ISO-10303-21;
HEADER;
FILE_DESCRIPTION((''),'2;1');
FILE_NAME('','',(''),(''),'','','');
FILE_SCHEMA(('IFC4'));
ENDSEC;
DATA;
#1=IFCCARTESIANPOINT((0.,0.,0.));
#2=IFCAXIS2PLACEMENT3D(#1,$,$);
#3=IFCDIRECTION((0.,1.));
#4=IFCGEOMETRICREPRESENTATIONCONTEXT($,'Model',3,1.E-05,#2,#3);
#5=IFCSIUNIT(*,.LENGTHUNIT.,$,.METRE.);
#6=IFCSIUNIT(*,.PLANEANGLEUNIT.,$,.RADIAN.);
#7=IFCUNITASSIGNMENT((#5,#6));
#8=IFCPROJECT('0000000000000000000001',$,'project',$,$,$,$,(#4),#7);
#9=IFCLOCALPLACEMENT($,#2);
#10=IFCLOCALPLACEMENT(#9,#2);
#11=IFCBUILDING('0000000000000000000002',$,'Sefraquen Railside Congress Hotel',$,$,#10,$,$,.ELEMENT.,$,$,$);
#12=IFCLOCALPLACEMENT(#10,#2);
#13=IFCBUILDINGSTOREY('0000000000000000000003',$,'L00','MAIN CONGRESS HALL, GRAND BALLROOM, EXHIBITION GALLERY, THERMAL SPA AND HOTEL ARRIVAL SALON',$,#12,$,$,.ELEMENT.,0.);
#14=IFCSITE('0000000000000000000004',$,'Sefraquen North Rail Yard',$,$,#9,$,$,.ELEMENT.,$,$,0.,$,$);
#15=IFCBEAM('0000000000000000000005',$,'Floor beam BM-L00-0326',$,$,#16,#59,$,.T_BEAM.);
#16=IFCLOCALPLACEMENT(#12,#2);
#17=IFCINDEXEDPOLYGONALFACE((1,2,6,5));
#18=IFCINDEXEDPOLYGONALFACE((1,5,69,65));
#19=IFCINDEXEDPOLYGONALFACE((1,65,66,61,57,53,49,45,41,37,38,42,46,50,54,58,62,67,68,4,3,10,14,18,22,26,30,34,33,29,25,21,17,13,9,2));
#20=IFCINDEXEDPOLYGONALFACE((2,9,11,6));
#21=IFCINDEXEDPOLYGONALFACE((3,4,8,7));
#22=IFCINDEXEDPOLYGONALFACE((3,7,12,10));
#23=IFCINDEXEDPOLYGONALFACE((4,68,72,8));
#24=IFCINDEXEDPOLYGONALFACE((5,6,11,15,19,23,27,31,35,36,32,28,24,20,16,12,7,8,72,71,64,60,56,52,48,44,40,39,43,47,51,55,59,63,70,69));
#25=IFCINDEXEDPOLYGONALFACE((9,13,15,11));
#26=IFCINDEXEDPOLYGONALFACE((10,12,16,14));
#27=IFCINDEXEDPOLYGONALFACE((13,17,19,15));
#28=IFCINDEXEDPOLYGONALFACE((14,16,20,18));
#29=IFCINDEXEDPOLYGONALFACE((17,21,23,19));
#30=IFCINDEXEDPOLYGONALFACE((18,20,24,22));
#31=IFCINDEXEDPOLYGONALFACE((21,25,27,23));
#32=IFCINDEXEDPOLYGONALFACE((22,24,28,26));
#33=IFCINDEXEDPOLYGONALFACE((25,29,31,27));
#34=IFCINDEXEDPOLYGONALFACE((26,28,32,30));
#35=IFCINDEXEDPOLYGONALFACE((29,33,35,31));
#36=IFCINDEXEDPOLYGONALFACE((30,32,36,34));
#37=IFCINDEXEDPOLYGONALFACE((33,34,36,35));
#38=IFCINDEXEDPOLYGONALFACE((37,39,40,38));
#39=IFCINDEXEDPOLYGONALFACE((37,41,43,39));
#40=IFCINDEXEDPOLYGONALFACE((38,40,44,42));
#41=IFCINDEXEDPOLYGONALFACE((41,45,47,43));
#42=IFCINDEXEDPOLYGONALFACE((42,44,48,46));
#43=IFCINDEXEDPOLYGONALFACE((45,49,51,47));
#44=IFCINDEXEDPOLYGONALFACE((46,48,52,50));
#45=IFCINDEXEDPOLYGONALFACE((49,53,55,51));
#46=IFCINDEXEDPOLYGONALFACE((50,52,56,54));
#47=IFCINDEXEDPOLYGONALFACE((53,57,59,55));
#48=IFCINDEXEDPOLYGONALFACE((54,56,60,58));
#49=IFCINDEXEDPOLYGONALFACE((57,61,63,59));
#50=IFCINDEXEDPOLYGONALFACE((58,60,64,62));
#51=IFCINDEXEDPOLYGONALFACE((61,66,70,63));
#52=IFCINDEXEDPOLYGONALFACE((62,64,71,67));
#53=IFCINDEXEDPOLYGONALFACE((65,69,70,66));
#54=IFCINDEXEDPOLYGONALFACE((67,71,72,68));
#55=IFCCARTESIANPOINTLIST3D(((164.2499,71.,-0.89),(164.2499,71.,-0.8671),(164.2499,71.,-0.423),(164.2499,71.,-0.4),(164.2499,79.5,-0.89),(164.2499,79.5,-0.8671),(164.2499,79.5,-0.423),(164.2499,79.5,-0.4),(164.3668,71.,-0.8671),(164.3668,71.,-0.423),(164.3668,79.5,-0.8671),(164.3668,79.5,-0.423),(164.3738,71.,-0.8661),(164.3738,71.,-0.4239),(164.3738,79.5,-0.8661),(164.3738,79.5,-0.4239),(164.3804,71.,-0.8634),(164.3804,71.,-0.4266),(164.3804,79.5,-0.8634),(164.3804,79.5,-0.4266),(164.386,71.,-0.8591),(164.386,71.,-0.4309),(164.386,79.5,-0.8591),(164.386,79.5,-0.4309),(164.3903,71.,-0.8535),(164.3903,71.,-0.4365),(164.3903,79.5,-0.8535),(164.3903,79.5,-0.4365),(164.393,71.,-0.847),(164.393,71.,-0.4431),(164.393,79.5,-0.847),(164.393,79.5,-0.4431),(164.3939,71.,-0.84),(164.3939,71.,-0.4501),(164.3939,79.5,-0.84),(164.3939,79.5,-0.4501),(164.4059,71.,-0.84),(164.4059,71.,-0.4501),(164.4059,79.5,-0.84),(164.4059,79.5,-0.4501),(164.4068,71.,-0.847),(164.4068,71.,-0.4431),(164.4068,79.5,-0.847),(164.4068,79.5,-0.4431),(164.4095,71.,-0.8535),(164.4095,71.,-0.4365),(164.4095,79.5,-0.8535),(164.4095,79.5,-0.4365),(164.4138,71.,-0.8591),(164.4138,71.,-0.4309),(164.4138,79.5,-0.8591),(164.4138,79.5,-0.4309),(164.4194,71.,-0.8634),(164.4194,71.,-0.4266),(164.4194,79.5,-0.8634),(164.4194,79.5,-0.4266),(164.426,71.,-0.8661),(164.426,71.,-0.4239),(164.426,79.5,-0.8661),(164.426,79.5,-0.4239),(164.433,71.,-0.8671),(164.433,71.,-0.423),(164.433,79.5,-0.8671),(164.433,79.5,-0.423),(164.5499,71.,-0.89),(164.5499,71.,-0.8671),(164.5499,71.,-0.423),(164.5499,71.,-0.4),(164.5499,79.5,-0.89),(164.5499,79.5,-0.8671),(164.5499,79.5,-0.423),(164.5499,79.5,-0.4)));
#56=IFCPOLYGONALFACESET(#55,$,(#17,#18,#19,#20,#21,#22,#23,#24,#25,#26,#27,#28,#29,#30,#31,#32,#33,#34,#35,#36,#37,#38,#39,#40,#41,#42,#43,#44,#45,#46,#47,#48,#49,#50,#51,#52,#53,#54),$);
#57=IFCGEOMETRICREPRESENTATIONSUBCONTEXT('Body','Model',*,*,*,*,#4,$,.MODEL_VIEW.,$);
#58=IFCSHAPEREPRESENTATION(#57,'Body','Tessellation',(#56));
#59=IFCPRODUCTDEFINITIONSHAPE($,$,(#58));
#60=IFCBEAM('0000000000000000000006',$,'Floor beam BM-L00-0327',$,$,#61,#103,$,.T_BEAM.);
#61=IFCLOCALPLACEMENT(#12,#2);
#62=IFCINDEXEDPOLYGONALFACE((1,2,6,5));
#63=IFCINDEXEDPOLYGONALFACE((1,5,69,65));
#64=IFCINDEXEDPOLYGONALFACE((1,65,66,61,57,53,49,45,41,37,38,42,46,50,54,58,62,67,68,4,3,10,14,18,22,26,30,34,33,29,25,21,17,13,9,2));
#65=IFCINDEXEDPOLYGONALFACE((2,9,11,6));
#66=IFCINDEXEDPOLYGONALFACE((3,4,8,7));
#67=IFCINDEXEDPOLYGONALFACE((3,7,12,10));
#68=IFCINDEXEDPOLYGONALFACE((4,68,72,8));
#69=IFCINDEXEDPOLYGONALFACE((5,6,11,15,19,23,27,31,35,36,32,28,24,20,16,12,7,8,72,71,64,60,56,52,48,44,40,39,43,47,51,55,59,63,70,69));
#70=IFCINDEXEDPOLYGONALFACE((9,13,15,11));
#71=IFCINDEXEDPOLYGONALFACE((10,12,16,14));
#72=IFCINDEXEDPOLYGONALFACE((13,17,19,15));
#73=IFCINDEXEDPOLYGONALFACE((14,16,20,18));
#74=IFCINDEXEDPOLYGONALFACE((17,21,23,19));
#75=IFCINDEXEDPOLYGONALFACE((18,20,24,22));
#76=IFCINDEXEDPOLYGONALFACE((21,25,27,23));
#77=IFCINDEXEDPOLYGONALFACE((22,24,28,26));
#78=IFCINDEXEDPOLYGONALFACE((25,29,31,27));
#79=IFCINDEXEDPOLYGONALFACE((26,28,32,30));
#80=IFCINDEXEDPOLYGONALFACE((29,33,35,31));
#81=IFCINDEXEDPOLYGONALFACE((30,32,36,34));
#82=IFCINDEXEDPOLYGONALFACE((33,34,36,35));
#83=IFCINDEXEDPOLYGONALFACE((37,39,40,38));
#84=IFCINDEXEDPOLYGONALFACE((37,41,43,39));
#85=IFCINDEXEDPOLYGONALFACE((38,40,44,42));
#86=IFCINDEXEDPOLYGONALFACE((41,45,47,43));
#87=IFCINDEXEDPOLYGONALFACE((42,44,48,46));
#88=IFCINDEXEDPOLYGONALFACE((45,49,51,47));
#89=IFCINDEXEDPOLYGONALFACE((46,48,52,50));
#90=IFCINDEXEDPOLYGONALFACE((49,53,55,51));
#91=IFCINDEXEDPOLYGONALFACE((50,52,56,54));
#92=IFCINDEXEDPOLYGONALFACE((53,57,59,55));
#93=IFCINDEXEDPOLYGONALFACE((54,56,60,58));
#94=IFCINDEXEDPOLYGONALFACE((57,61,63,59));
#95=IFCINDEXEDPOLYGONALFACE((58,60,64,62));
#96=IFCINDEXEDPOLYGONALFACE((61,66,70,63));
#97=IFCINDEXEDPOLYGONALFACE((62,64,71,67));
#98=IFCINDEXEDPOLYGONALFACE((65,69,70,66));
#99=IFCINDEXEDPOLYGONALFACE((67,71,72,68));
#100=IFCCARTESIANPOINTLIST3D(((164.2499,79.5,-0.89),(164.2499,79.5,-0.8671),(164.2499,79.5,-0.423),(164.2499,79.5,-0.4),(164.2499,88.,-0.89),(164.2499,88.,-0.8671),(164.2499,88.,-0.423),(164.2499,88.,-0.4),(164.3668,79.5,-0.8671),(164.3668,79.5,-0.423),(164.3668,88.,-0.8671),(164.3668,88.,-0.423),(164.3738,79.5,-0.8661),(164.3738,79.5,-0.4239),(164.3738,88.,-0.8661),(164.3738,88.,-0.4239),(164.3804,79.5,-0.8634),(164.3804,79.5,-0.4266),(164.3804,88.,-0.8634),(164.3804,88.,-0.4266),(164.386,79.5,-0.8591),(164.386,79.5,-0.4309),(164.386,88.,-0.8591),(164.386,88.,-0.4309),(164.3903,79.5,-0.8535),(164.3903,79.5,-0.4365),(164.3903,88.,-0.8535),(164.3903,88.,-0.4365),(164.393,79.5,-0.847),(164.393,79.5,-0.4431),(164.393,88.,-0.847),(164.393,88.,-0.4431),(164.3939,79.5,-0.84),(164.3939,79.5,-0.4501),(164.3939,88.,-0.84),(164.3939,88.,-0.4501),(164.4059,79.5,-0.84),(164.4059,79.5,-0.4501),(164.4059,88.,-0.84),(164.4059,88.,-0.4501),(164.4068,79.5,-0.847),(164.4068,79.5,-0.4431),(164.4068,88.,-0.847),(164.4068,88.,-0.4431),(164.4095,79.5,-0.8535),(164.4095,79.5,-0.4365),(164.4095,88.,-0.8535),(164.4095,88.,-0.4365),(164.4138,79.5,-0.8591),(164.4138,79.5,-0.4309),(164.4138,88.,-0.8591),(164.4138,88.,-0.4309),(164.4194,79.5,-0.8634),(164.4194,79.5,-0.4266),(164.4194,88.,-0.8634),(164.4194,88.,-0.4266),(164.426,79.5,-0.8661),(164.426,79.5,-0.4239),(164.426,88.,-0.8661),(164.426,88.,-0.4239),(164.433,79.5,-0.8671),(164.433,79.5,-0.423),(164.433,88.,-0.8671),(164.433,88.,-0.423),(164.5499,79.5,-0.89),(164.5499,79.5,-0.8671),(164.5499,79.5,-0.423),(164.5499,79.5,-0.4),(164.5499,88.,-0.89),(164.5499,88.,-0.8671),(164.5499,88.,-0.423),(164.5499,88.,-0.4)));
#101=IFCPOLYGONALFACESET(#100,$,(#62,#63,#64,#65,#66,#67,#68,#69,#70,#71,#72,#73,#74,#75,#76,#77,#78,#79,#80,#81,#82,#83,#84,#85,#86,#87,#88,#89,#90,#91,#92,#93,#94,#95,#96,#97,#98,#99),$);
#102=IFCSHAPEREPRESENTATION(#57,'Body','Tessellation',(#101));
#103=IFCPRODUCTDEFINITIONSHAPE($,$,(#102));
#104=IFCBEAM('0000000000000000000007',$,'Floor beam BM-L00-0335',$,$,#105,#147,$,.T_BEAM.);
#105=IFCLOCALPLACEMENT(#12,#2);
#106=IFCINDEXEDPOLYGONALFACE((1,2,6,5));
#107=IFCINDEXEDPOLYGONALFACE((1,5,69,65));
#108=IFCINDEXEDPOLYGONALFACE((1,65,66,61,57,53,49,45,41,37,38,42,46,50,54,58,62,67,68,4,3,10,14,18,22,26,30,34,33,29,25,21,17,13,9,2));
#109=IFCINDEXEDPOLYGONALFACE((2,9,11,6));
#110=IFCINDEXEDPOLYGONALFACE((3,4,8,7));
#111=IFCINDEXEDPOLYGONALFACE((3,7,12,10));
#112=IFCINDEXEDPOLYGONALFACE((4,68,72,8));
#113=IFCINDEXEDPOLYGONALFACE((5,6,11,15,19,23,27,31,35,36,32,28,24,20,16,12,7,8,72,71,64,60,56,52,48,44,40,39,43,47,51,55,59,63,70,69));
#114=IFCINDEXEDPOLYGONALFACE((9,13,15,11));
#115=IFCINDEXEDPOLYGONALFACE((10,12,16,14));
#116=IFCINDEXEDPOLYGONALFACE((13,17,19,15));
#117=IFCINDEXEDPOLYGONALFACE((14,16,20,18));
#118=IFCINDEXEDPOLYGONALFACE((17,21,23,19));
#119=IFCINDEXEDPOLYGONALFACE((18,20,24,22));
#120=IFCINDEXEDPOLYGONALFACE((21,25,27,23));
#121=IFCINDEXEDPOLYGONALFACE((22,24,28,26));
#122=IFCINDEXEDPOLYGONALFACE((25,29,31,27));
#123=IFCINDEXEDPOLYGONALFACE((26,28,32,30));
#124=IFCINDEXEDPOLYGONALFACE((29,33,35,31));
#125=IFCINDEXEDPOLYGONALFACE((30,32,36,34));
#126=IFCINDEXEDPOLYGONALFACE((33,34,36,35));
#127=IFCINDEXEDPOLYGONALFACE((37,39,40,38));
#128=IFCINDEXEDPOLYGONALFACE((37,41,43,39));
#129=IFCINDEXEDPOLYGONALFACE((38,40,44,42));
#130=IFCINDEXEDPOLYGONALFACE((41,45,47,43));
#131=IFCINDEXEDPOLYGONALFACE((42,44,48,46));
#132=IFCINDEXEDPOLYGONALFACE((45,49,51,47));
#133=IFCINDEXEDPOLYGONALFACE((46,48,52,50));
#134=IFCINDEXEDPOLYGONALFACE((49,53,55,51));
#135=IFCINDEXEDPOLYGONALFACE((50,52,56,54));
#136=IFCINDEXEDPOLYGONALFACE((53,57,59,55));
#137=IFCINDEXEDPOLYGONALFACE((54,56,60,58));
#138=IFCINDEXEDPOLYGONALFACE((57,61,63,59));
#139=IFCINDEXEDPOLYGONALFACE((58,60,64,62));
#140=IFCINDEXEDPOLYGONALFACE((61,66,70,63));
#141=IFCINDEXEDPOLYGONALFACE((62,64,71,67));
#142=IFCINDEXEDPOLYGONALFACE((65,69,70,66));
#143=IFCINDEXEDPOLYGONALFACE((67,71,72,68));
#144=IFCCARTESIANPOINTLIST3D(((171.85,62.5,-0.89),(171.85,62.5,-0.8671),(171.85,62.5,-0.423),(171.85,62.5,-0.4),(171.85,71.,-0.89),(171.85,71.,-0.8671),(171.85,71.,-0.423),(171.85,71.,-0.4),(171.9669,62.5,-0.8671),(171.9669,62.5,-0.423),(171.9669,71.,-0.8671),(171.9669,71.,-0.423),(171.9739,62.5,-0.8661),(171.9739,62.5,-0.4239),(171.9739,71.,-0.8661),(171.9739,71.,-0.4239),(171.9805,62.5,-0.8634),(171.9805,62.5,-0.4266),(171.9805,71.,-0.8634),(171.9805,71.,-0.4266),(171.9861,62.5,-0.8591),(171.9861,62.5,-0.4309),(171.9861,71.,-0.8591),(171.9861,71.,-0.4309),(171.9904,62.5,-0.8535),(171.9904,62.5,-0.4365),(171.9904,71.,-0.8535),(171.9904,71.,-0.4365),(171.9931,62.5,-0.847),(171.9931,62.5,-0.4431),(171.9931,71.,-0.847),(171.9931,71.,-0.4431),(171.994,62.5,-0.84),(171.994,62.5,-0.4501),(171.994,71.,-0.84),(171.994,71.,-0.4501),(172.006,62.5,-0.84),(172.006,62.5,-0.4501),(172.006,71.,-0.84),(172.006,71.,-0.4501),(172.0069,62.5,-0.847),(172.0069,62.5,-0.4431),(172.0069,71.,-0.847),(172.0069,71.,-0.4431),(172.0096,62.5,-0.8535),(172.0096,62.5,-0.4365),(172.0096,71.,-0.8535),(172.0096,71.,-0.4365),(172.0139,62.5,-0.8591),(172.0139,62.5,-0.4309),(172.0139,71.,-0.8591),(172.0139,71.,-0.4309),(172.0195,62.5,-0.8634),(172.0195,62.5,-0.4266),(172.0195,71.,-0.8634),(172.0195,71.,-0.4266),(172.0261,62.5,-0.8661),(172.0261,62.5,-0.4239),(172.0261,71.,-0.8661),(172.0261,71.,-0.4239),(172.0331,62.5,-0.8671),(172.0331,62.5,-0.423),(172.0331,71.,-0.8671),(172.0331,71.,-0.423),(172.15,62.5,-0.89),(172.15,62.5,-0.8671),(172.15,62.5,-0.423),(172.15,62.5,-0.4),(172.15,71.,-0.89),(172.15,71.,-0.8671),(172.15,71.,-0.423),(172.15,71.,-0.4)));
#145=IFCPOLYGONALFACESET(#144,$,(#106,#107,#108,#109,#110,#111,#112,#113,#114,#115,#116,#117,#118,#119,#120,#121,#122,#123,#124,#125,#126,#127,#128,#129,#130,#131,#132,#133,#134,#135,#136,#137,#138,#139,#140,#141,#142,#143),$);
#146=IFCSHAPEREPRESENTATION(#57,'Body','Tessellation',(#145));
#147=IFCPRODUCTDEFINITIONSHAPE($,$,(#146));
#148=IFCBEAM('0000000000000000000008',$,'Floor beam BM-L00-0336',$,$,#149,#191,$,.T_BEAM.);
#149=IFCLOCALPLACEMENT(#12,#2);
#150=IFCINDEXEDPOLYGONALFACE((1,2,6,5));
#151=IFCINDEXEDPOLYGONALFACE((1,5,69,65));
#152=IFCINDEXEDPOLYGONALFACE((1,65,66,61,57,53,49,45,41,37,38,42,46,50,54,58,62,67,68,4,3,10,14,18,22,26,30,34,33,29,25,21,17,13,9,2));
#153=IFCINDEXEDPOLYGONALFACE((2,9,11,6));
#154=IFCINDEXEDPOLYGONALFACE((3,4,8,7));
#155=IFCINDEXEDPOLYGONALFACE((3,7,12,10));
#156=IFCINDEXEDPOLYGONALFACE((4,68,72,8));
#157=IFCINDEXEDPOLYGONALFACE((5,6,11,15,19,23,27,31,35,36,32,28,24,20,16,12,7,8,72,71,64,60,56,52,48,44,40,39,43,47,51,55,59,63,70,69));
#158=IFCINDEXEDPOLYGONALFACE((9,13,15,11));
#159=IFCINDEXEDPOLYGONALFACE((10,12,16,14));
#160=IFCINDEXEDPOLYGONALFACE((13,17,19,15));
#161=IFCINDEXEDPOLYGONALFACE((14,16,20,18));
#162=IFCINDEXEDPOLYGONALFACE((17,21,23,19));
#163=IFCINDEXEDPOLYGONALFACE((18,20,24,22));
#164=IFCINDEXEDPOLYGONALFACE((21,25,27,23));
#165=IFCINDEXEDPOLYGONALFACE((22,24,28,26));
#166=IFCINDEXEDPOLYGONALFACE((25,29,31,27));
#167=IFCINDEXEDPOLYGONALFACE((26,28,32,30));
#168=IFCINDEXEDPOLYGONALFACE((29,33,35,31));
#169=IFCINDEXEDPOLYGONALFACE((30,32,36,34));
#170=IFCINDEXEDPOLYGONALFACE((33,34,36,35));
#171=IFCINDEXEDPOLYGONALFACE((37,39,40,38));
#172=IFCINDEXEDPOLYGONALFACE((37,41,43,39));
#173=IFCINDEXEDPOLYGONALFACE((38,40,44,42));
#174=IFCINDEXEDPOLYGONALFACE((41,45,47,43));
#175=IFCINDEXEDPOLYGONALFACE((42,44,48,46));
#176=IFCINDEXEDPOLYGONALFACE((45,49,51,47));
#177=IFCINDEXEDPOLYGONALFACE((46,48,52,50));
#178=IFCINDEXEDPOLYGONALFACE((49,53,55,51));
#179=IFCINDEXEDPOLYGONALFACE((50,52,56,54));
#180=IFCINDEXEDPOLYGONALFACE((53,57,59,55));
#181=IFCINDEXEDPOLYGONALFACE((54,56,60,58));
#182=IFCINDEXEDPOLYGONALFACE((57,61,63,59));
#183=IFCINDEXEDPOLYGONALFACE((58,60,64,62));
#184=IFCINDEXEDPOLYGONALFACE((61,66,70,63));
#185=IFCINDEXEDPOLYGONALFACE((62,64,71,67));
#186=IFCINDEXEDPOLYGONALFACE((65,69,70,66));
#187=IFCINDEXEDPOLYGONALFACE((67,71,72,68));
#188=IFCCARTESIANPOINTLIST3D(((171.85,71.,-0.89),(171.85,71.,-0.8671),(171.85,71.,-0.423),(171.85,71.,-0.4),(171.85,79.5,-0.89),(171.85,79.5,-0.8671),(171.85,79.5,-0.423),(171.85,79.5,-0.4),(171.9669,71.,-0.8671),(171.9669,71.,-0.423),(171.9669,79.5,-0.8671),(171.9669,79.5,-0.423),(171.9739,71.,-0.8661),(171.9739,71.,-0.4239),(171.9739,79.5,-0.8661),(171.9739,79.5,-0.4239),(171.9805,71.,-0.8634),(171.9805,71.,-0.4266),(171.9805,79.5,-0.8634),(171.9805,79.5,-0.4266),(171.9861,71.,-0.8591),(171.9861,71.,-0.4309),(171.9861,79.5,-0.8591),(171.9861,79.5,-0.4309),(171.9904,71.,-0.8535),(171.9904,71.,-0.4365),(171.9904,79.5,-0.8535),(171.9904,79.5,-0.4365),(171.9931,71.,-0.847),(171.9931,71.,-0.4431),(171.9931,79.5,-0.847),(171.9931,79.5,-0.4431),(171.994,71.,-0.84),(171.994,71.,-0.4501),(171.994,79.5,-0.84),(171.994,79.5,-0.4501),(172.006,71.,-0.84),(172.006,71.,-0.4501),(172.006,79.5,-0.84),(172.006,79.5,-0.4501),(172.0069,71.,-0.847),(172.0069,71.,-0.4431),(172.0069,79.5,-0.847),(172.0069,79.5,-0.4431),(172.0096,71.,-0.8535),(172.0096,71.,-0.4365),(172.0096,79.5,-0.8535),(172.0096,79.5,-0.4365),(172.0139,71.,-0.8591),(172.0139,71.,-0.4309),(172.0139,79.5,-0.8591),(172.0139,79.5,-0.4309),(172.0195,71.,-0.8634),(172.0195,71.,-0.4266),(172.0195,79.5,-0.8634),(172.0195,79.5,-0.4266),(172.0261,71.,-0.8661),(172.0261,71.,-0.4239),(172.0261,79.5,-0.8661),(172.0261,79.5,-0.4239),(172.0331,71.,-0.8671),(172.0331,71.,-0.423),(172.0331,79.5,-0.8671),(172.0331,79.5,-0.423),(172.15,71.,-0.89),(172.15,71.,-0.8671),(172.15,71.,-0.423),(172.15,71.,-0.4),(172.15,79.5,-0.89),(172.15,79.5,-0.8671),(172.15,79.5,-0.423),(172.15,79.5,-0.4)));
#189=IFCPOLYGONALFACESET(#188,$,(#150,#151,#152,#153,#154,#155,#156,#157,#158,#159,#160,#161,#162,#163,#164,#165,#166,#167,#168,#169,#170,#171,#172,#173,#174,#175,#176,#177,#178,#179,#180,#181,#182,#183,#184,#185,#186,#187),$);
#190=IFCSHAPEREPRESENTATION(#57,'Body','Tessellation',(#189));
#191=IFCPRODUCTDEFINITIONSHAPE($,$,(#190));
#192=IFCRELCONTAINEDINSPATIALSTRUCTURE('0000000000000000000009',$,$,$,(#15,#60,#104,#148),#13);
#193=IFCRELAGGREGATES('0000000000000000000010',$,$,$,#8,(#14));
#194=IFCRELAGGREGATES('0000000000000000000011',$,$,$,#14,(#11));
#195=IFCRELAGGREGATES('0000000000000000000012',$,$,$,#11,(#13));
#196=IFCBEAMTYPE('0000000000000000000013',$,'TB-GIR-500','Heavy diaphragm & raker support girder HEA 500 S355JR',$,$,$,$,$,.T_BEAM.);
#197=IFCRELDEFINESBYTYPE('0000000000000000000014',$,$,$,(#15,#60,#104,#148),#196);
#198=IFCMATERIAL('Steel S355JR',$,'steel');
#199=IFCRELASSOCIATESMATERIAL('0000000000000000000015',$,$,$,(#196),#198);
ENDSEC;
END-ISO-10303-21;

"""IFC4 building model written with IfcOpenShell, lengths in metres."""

from ifc_helpers import new_model, si_unit, direction, frame, origin, origin_2d, place, context, subcontext, project, spatial, i_section, extrude, material, material_profile, profile_set, type_object, element, save


model = new_model("IFC4")

# Units and contexts
model_context = context("Model", 3, precision=1e-05, world=origin(), true_north=direction((0.0, 1.0)))
body_context = subcontext(model_context, "Body", "Model", "MODEL_VIEW")
ifc_project = project(units=[si_unit("LENGTHUNIT", "METRE"), si_unit("PLANEANGLEUNIT", "RADIAN")], contexts=[model_context])

# Site, building, storey
site_placement = place(None, origin())
site = spatial("IfcSite", under=ifc_project, at=site_placement, Name="Sefraquen North Rail Yard", CompositionType="ELEMENT", RefElevation=0.0)
building_placement = place(site_placement, origin())
building = spatial("IfcBuilding", under=site, at=building_placement, Name="Sefraquen Railside Congress Hotel", CompositionType="ELEMENT")
storey_placement = place(building_placement, origin())
storey = spatial("IfcBuildingStorey", under=building, at=storey_placement, Name="L00", Description="MAIN CONGRESS HALL, GRAND BALLROOM, EXHIBITION GALLERY, THERMAL SPA AND HOTEL ARRIVAL SALON", CompositionType="ELEMENT", Elevation=0.0)

# Beams
ifc_material_1 = material(Name="Steel S355JR", Category="steel")
ifc_material_profile_1 = material_profile(ifc_material_1, i_section(OverallWidth=0.3, OverallDepth=0.49, WebThickness=0.012, FlangeThickness=0.0229, FilletRadius=0.0271, at=origin_2d()), Name="HEA 500")
ifc_profile_set_1 = profile_set([ifc_material_profile_1], Name="Steel S355JR")
beam_type_1 = type_object("IfcBeamType", Name="TB-GIR-500", Description="Heavy diaphragm & raker support girder HEA 500 S355JR", PredefinedType="T_BEAM", material=ifc_profile_set_1)
for number, where, z_axis, x_axis, name in (
    (1, (164.3999, 71.0, -0.645), (0.0, 1.0, 0.0), (-1.0, 0.0, 0.0), "Floor beam BM-L00-0326"),
    (2, (164.3999, 79.5, -0.645), (0.0, 1.0, 0.0), (-1.0, 0.0, 0.0), "Floor beam BM-L00-0327"),
    (3, (172.0, 62.5, -0.645), (0.0, 1.0, 0.0), (-1.0, 0.0, 0.0), "Floor beam BM-L00-0335"),
    (4, (172.0, 71.0, -0.645), (0.0, 1.0, 0.0), (-1.0, 0.0, 0.0), "Floor beam BM-L00-0336"),
):
    element("IfcBeam", number, at=place(storey_placement, frame(where, z_axis=z_axis, x_axis=x_axis)), inside=storey, type_object=beam_type_1, Name=name, PredefinedType="T_BEAM", context=body_context, shape_type="SweptSolid", body=[
        extrude(i_section(OverallWidth=0.3, OverallDepth=0.49, WebThickness=0.012, FlangeThickness=0.0229, FilletRadius=0.0271, at=origin_2d()), origin(), (0.0, 0.0, 1.0), 8.5),
    ])

save(model, "model.ifc")
